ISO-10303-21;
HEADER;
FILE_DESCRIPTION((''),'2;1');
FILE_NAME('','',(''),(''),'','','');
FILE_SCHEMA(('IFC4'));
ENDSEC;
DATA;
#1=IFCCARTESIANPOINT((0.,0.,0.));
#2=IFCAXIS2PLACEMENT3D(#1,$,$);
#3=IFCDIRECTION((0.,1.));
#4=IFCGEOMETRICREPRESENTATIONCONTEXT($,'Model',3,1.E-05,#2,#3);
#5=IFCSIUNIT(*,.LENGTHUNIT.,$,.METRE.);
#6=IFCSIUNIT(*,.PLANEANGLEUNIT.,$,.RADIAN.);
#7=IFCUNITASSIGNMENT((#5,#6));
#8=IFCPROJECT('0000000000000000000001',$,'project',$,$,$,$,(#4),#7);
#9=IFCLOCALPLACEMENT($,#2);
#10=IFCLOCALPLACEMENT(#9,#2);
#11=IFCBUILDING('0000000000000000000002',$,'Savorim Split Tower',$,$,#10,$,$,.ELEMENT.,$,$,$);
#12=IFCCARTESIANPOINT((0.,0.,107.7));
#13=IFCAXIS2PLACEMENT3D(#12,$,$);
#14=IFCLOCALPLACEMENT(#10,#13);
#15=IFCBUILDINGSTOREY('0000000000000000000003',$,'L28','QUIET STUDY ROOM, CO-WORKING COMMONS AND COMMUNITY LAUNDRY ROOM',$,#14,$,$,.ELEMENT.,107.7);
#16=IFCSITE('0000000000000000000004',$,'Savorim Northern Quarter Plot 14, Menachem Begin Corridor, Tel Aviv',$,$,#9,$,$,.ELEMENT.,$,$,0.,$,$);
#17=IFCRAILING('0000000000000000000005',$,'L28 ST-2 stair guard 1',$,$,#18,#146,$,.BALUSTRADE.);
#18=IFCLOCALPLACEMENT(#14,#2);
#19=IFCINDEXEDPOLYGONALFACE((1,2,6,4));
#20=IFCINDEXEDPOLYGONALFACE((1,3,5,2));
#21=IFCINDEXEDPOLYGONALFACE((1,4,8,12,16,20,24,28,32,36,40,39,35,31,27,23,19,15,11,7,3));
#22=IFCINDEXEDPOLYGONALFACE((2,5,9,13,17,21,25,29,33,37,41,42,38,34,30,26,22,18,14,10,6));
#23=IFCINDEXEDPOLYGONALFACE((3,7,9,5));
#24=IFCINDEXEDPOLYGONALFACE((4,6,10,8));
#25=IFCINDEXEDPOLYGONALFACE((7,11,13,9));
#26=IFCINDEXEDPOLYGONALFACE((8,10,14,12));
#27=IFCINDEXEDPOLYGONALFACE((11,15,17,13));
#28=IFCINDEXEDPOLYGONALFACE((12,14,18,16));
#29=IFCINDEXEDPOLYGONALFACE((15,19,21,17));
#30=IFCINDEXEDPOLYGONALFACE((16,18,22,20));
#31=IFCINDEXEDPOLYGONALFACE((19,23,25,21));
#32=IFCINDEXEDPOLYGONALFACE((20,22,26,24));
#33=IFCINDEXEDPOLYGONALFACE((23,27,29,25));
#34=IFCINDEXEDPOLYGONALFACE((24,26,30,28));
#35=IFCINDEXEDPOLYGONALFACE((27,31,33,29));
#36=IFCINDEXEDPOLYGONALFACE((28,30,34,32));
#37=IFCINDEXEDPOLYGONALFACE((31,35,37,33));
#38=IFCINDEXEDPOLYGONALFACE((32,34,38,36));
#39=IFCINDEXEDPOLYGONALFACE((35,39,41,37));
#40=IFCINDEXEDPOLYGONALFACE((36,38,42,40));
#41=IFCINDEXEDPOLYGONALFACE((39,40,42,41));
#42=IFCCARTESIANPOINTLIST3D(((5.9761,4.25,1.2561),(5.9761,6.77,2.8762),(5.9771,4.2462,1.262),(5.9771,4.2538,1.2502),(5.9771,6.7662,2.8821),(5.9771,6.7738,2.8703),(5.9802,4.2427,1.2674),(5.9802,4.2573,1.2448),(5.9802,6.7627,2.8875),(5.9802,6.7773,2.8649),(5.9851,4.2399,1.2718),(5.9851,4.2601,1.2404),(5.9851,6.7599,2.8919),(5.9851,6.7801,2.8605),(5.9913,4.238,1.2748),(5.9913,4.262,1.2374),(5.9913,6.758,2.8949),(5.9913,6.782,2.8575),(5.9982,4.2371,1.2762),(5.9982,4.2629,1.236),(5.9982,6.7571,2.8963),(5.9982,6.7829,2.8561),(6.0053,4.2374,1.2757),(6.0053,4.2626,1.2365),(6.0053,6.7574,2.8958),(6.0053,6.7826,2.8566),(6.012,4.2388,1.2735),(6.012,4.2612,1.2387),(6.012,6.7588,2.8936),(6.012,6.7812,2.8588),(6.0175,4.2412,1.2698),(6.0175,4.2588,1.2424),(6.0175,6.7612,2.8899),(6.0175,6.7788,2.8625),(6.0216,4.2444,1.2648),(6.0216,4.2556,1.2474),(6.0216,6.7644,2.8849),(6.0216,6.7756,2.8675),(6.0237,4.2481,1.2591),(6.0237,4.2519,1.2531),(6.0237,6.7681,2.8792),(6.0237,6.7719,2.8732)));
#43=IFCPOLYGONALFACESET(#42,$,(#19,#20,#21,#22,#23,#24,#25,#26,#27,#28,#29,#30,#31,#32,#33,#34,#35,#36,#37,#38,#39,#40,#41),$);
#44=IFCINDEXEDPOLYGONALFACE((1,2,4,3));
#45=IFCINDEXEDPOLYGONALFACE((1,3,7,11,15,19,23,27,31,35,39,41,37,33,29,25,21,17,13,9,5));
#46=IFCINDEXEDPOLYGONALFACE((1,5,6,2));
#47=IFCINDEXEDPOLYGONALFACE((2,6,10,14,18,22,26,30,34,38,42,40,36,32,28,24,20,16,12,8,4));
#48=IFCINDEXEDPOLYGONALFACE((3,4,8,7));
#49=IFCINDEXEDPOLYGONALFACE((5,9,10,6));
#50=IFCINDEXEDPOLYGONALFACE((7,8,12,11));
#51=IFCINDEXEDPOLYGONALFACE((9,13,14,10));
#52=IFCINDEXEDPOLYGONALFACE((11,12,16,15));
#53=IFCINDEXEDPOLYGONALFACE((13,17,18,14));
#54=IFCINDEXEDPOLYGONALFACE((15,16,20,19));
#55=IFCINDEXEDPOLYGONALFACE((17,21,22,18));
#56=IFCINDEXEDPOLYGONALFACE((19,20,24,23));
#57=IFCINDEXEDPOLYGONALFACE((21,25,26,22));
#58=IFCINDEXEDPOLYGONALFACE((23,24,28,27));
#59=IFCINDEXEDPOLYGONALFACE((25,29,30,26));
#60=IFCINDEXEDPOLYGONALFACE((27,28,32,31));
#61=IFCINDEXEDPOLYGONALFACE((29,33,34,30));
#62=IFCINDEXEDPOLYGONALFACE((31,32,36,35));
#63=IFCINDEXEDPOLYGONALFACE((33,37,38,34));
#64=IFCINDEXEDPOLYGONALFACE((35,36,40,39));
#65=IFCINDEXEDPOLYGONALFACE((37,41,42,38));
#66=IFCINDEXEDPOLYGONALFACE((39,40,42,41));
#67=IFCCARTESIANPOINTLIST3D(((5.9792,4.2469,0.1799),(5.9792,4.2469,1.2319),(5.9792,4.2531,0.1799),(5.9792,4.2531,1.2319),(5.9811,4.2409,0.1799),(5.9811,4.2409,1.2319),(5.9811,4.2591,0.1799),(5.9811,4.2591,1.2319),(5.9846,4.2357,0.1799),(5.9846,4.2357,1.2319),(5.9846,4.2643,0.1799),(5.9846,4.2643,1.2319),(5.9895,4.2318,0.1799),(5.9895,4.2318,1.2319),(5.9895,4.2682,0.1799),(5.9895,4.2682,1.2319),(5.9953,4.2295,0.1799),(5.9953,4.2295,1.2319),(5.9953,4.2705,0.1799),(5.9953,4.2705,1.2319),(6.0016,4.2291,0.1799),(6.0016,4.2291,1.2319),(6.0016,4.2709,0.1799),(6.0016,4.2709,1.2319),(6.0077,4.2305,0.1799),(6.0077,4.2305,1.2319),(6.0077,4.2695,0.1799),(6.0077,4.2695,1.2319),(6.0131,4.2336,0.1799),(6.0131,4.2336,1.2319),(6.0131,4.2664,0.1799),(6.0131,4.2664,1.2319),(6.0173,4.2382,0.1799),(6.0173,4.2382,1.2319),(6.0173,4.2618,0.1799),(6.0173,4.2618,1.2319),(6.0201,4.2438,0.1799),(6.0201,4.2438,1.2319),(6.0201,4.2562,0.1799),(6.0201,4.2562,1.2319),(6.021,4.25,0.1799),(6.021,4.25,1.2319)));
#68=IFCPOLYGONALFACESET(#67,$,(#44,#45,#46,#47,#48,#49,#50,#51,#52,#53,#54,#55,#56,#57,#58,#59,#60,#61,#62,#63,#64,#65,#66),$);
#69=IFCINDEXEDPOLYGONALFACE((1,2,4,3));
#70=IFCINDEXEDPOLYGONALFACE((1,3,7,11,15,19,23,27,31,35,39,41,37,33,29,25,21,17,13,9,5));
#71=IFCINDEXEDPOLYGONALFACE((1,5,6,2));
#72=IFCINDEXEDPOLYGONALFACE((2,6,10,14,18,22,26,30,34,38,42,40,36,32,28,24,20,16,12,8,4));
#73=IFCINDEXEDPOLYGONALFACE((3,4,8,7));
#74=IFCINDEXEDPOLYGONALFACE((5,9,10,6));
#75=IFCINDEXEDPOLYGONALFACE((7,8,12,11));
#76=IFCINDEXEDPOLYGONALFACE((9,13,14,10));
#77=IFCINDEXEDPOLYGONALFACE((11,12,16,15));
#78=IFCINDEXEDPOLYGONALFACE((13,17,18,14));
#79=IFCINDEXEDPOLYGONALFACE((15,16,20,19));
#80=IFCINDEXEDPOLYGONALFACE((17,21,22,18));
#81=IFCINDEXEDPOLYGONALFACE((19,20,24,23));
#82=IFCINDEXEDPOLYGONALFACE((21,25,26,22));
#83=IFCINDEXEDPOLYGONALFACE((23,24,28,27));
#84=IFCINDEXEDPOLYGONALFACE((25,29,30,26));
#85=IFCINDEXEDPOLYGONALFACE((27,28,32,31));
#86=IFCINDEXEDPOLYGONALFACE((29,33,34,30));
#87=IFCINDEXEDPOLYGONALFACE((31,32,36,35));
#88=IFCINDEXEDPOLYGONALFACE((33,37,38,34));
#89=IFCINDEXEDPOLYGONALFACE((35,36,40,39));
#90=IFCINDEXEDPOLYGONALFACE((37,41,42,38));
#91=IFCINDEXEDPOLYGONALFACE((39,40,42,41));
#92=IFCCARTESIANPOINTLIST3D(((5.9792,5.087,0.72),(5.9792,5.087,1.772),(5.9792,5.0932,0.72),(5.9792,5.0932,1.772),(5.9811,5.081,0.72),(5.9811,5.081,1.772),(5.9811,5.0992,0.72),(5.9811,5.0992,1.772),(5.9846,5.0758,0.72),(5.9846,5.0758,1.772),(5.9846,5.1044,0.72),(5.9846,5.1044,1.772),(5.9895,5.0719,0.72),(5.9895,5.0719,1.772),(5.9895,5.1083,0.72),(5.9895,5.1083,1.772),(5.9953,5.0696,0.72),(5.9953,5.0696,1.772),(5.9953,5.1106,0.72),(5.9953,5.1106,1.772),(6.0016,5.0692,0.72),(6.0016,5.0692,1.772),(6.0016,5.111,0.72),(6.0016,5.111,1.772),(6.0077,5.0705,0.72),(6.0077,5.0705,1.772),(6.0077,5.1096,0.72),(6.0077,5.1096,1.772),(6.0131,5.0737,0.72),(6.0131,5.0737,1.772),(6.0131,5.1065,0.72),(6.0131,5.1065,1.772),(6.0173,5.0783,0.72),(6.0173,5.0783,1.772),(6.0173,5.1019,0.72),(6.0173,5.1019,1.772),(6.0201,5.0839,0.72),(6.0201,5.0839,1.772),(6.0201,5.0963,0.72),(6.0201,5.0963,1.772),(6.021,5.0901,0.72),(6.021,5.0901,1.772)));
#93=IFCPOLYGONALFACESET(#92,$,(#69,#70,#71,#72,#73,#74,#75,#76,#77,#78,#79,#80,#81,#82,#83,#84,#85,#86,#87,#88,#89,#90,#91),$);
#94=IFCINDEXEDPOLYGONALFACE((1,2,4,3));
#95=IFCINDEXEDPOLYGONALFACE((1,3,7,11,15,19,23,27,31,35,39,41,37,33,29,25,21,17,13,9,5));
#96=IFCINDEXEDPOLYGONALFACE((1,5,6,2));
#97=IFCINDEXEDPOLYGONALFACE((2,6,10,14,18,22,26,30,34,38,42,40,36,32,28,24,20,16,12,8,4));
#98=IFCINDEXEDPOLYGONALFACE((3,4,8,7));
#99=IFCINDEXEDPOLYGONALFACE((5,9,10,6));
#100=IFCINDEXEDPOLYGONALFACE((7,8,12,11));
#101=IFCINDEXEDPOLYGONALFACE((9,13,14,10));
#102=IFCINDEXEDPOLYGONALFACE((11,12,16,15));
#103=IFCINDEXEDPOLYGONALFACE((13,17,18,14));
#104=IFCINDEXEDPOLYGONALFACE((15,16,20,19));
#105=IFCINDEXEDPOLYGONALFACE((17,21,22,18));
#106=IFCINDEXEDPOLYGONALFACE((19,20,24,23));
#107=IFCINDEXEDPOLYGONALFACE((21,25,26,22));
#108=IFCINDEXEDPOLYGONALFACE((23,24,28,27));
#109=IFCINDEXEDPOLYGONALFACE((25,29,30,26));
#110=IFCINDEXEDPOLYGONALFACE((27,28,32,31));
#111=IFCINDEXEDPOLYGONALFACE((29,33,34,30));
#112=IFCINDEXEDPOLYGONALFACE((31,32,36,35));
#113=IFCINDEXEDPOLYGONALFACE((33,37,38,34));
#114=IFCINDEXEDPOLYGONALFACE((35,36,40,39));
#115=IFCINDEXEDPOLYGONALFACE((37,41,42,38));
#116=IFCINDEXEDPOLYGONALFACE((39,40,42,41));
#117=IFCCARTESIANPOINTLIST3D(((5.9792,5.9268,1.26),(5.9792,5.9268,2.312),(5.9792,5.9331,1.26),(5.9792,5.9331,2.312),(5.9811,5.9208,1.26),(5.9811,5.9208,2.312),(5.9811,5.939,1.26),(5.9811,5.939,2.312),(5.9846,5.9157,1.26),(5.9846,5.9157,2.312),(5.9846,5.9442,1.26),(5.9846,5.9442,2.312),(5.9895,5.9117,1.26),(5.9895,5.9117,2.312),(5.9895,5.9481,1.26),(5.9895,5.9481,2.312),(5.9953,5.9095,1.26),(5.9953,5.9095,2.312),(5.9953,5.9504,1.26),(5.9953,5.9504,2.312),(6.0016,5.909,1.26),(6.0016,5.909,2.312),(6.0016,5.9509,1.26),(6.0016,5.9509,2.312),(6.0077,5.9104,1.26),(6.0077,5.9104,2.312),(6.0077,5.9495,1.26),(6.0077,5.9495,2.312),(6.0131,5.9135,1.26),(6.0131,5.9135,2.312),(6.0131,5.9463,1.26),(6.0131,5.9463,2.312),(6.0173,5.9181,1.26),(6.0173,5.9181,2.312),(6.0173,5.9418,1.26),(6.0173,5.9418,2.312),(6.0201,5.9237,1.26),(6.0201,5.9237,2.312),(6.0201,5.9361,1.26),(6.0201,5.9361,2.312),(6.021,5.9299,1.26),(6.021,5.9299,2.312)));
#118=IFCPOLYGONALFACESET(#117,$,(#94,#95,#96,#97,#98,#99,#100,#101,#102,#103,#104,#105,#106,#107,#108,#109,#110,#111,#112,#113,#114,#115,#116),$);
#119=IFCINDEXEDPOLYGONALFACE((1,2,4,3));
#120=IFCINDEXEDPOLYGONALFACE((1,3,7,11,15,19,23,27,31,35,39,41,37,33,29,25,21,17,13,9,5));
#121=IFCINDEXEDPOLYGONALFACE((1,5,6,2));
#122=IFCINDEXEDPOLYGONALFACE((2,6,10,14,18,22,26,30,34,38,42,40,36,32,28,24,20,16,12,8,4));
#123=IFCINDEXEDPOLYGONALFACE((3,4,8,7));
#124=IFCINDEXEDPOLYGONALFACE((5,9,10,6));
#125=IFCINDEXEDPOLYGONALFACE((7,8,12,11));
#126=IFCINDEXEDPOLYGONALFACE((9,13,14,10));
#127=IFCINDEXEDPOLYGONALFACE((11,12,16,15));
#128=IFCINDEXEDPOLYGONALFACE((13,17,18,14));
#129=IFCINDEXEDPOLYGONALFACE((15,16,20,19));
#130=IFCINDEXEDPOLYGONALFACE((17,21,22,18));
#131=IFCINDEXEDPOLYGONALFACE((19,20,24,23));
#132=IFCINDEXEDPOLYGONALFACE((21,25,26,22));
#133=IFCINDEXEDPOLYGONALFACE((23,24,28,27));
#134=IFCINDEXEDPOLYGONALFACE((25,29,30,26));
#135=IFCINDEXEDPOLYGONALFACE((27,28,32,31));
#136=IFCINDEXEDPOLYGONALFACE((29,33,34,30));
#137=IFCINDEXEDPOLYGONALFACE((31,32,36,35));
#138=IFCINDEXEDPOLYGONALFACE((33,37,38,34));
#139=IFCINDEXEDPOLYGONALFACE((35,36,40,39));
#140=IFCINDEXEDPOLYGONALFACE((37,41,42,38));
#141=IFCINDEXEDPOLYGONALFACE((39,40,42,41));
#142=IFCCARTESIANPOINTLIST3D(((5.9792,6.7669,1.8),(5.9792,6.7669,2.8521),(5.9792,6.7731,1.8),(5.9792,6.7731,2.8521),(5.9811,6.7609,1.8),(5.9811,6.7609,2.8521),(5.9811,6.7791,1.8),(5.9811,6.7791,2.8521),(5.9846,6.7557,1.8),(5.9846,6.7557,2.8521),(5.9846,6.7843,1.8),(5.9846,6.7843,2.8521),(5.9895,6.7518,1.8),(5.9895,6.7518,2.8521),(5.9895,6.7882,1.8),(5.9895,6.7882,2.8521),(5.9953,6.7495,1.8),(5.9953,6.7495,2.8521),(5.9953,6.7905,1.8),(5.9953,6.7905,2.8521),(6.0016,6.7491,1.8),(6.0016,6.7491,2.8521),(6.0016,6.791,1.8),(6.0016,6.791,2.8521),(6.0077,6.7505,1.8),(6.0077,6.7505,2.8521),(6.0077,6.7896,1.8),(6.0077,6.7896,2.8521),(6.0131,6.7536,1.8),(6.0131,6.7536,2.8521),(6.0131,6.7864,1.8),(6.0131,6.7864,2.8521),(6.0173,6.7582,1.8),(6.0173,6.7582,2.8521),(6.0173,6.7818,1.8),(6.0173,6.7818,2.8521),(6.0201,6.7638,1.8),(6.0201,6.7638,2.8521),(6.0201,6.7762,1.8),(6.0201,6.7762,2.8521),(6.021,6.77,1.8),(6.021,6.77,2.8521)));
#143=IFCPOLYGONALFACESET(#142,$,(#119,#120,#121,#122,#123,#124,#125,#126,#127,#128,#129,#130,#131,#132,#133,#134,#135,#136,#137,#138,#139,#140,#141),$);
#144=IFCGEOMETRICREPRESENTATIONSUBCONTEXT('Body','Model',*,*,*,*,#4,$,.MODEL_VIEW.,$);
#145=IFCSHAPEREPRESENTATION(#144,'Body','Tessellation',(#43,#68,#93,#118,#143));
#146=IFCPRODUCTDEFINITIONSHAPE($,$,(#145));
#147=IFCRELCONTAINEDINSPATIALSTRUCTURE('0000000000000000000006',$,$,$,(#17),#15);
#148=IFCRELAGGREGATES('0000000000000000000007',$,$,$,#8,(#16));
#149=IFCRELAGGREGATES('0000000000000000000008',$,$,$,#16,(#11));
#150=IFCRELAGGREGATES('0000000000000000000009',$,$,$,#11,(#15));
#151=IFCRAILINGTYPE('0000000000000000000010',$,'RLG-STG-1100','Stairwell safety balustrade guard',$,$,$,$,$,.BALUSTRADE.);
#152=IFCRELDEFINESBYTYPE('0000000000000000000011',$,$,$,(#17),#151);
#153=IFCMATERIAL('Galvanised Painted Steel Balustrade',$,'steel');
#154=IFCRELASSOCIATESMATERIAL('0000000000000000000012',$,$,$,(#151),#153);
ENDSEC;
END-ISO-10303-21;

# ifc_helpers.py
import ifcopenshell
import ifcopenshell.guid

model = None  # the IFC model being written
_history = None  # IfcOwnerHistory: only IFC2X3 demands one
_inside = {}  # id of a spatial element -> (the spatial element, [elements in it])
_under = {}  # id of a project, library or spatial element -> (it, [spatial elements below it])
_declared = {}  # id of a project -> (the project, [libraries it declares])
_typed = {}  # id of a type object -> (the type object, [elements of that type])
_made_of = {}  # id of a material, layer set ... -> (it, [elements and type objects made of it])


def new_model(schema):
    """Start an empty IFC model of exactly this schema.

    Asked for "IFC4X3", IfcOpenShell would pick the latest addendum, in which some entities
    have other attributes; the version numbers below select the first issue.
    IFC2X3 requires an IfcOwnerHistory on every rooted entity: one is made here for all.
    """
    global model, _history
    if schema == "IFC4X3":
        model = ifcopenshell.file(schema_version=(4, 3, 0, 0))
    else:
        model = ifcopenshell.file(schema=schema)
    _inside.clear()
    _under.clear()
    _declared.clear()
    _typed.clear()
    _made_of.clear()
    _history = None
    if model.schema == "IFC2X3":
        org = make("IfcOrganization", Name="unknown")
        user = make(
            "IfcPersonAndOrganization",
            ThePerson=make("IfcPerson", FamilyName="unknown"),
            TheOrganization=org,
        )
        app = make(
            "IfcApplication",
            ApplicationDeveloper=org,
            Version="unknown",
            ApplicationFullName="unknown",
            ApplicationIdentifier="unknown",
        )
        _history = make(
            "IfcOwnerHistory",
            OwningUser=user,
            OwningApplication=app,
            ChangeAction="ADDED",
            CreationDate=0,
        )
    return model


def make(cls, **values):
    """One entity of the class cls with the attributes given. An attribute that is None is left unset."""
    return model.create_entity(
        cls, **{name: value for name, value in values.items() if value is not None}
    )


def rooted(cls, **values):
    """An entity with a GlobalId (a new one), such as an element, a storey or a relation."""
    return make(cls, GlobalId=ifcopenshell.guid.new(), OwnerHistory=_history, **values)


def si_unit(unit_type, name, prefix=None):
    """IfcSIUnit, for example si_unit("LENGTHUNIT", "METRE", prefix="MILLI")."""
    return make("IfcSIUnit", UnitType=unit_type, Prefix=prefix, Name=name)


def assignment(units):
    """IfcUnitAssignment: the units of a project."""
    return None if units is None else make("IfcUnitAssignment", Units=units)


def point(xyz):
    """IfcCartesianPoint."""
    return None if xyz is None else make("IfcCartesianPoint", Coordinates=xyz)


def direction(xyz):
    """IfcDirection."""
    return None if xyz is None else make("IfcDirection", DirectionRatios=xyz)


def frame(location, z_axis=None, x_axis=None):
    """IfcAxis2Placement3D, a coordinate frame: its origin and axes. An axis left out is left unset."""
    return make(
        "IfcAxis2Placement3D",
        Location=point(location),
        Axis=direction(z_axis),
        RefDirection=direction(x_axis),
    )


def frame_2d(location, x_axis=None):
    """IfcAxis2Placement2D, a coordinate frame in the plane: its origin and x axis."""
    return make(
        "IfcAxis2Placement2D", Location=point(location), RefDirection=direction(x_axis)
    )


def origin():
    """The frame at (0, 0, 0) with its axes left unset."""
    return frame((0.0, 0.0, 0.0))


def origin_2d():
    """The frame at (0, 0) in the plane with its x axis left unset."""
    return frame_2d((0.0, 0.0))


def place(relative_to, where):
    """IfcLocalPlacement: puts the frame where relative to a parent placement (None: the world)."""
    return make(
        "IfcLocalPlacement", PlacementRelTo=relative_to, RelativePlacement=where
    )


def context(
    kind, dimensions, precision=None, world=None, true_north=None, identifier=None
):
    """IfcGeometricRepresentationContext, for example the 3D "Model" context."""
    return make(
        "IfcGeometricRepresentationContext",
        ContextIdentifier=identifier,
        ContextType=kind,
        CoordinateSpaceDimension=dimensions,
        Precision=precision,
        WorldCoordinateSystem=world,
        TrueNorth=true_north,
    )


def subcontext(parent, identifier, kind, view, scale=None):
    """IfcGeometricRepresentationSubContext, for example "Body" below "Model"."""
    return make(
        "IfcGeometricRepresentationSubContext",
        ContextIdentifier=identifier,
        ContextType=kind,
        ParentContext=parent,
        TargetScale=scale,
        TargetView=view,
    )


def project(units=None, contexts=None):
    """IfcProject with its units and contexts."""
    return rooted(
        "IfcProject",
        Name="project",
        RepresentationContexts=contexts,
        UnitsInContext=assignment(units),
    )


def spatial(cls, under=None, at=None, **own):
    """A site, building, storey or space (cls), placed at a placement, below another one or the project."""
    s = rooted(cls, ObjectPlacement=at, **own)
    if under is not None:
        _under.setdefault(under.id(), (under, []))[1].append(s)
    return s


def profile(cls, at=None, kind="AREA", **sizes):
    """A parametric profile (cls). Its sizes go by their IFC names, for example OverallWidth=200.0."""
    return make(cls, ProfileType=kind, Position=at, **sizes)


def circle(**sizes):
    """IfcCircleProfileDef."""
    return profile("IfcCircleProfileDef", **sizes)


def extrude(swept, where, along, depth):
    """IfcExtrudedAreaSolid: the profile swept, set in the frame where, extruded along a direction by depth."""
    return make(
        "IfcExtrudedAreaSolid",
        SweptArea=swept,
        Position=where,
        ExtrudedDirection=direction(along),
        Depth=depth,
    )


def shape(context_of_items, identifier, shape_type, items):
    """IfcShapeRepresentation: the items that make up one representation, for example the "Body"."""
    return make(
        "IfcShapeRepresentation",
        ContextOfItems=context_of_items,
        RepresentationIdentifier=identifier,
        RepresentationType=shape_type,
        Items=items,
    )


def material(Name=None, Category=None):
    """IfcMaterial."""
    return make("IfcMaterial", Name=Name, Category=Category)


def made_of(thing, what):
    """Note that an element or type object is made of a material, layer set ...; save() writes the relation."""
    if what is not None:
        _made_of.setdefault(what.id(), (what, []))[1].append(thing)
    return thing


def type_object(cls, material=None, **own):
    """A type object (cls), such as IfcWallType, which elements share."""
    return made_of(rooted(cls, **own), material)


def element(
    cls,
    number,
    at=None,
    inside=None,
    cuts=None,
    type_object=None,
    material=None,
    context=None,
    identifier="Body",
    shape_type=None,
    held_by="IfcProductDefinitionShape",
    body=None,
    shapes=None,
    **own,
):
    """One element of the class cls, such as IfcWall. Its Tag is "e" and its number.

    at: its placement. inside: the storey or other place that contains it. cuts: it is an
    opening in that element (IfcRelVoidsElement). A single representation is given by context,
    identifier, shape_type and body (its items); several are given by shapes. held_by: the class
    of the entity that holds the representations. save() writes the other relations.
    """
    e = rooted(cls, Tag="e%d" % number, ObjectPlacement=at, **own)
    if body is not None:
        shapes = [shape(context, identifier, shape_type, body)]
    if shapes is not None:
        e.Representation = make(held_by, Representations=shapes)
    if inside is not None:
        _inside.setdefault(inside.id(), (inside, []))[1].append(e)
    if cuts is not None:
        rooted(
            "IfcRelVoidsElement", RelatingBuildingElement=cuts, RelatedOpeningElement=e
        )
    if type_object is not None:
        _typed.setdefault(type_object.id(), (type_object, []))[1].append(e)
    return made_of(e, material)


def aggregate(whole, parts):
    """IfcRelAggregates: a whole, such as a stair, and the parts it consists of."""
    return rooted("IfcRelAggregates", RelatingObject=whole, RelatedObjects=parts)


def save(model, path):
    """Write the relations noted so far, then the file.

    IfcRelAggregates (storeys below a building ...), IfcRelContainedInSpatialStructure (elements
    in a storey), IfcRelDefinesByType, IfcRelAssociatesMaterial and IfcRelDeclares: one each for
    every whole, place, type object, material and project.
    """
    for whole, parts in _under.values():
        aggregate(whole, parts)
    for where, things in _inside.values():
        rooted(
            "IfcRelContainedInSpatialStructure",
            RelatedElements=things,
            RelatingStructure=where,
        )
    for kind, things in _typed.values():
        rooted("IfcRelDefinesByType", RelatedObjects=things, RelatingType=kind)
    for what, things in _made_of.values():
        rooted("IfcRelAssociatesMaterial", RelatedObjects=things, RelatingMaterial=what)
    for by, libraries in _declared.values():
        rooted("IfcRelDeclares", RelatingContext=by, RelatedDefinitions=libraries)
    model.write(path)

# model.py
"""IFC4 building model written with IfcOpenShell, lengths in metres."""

from ifc_helpers import new_model, si_unit, direction, frame, origin, origin_2d, place, context, subcontext, project, spatial, circle, extrude, material, type_object, element, save


model = new_model("IFC4")

# Units and contexts
model_context = context("Model", 3, precision=1e-05, world=origin(), true_north=direction((0.0, 1.0)))
body_context = subcontext(model_context, "Body", "Model", "MODEL_VIEW")
ifc_project = project(units=[si_unit("LENGTHUNIT", "METRE"), si_unit("PLANEANGLEUNIT", "RADIAN")], contexts=[model_context])

# Site, building, storey
site_placement = place(None, origin())
site = spatial("IfcSite", under=ifc_project, at=site_placement, Name="Savorim Northern Quarter Plot 14, Menachem Begin Corridor, Tel Aviv", CompositionType="ELEMENT", RefElevation=0.0)
building_placement = place(site_placement, origin())
building = spatial("IfcBuilding", under=site, at=building_placement, Name="Savorim Split Tower", CompositionType="ELEMENT")
storey_placement = place(building_placement, frame((0.0, 0.0, 107.7)))
storey = spatial("IfcBuildingStorey", under=building, at=storey_placement, Name="L28", Description="QUIET STUDY ROOM, CO-WORKING COMMONS AND COMMUNITY LAUNDRY ROOM", CompositionType="ELEMENT", Elevation=107.7)

# Railing
ifc_material_1 = material(Name="Galvanised Painted Steel Balustrade", Category="steel")
railing_type_1 = type_object("IfcRailingType", Name="RLG-STG-1100", Description="Stairwell safety balustrade guard", PredefinedType="BALUSTRADE", material=ifc_material_1)
railing_1_placement = place(storey_placement, frame((6.0, 4.25, 0.1799)))
element("IfcRailing", 1, at=railing_1_placement, inside=storey, type_object=railing_type_1, Name="L28 ST-2 stair guard 1", PredefinedType="BALUSTRADE", context=body_context, shape_type="SweptSolid", body=[
    extrude(circle(Radius=0.0239, at=origin_2d()), frame((0.0, 0.0, 1.0762), z_axis=(0.0, 0.841163, 0.540782), x_axis=(-1.0, 0.0, 0.0)), (0.0, 0.0, 1.0), 2.9958),
    extrude(circle(Radius=0.021, at=origin_2d()), origin(), (0.0, 0.0, 1.0), 1.052),
    extrude(circle(Radius=0.021, at=origin_2d()), frame((0.0, 0.8401, 0.54)), (0.0, 0.0, 1.0), 1.052),
    extrude(circle(Radius=0.021, at=origin_2d()), frame((0.0, 1.6799, 1.0801)), (0.0, 0.0, 1.0), 1.052),
    extrude(circle(Radius=0.021, at=origin_2d()), frame((0.0, 2.52, 1.6201)), (0.0, 0.0, 1.0), 1.052),
])

save(model, "model.ifc")
